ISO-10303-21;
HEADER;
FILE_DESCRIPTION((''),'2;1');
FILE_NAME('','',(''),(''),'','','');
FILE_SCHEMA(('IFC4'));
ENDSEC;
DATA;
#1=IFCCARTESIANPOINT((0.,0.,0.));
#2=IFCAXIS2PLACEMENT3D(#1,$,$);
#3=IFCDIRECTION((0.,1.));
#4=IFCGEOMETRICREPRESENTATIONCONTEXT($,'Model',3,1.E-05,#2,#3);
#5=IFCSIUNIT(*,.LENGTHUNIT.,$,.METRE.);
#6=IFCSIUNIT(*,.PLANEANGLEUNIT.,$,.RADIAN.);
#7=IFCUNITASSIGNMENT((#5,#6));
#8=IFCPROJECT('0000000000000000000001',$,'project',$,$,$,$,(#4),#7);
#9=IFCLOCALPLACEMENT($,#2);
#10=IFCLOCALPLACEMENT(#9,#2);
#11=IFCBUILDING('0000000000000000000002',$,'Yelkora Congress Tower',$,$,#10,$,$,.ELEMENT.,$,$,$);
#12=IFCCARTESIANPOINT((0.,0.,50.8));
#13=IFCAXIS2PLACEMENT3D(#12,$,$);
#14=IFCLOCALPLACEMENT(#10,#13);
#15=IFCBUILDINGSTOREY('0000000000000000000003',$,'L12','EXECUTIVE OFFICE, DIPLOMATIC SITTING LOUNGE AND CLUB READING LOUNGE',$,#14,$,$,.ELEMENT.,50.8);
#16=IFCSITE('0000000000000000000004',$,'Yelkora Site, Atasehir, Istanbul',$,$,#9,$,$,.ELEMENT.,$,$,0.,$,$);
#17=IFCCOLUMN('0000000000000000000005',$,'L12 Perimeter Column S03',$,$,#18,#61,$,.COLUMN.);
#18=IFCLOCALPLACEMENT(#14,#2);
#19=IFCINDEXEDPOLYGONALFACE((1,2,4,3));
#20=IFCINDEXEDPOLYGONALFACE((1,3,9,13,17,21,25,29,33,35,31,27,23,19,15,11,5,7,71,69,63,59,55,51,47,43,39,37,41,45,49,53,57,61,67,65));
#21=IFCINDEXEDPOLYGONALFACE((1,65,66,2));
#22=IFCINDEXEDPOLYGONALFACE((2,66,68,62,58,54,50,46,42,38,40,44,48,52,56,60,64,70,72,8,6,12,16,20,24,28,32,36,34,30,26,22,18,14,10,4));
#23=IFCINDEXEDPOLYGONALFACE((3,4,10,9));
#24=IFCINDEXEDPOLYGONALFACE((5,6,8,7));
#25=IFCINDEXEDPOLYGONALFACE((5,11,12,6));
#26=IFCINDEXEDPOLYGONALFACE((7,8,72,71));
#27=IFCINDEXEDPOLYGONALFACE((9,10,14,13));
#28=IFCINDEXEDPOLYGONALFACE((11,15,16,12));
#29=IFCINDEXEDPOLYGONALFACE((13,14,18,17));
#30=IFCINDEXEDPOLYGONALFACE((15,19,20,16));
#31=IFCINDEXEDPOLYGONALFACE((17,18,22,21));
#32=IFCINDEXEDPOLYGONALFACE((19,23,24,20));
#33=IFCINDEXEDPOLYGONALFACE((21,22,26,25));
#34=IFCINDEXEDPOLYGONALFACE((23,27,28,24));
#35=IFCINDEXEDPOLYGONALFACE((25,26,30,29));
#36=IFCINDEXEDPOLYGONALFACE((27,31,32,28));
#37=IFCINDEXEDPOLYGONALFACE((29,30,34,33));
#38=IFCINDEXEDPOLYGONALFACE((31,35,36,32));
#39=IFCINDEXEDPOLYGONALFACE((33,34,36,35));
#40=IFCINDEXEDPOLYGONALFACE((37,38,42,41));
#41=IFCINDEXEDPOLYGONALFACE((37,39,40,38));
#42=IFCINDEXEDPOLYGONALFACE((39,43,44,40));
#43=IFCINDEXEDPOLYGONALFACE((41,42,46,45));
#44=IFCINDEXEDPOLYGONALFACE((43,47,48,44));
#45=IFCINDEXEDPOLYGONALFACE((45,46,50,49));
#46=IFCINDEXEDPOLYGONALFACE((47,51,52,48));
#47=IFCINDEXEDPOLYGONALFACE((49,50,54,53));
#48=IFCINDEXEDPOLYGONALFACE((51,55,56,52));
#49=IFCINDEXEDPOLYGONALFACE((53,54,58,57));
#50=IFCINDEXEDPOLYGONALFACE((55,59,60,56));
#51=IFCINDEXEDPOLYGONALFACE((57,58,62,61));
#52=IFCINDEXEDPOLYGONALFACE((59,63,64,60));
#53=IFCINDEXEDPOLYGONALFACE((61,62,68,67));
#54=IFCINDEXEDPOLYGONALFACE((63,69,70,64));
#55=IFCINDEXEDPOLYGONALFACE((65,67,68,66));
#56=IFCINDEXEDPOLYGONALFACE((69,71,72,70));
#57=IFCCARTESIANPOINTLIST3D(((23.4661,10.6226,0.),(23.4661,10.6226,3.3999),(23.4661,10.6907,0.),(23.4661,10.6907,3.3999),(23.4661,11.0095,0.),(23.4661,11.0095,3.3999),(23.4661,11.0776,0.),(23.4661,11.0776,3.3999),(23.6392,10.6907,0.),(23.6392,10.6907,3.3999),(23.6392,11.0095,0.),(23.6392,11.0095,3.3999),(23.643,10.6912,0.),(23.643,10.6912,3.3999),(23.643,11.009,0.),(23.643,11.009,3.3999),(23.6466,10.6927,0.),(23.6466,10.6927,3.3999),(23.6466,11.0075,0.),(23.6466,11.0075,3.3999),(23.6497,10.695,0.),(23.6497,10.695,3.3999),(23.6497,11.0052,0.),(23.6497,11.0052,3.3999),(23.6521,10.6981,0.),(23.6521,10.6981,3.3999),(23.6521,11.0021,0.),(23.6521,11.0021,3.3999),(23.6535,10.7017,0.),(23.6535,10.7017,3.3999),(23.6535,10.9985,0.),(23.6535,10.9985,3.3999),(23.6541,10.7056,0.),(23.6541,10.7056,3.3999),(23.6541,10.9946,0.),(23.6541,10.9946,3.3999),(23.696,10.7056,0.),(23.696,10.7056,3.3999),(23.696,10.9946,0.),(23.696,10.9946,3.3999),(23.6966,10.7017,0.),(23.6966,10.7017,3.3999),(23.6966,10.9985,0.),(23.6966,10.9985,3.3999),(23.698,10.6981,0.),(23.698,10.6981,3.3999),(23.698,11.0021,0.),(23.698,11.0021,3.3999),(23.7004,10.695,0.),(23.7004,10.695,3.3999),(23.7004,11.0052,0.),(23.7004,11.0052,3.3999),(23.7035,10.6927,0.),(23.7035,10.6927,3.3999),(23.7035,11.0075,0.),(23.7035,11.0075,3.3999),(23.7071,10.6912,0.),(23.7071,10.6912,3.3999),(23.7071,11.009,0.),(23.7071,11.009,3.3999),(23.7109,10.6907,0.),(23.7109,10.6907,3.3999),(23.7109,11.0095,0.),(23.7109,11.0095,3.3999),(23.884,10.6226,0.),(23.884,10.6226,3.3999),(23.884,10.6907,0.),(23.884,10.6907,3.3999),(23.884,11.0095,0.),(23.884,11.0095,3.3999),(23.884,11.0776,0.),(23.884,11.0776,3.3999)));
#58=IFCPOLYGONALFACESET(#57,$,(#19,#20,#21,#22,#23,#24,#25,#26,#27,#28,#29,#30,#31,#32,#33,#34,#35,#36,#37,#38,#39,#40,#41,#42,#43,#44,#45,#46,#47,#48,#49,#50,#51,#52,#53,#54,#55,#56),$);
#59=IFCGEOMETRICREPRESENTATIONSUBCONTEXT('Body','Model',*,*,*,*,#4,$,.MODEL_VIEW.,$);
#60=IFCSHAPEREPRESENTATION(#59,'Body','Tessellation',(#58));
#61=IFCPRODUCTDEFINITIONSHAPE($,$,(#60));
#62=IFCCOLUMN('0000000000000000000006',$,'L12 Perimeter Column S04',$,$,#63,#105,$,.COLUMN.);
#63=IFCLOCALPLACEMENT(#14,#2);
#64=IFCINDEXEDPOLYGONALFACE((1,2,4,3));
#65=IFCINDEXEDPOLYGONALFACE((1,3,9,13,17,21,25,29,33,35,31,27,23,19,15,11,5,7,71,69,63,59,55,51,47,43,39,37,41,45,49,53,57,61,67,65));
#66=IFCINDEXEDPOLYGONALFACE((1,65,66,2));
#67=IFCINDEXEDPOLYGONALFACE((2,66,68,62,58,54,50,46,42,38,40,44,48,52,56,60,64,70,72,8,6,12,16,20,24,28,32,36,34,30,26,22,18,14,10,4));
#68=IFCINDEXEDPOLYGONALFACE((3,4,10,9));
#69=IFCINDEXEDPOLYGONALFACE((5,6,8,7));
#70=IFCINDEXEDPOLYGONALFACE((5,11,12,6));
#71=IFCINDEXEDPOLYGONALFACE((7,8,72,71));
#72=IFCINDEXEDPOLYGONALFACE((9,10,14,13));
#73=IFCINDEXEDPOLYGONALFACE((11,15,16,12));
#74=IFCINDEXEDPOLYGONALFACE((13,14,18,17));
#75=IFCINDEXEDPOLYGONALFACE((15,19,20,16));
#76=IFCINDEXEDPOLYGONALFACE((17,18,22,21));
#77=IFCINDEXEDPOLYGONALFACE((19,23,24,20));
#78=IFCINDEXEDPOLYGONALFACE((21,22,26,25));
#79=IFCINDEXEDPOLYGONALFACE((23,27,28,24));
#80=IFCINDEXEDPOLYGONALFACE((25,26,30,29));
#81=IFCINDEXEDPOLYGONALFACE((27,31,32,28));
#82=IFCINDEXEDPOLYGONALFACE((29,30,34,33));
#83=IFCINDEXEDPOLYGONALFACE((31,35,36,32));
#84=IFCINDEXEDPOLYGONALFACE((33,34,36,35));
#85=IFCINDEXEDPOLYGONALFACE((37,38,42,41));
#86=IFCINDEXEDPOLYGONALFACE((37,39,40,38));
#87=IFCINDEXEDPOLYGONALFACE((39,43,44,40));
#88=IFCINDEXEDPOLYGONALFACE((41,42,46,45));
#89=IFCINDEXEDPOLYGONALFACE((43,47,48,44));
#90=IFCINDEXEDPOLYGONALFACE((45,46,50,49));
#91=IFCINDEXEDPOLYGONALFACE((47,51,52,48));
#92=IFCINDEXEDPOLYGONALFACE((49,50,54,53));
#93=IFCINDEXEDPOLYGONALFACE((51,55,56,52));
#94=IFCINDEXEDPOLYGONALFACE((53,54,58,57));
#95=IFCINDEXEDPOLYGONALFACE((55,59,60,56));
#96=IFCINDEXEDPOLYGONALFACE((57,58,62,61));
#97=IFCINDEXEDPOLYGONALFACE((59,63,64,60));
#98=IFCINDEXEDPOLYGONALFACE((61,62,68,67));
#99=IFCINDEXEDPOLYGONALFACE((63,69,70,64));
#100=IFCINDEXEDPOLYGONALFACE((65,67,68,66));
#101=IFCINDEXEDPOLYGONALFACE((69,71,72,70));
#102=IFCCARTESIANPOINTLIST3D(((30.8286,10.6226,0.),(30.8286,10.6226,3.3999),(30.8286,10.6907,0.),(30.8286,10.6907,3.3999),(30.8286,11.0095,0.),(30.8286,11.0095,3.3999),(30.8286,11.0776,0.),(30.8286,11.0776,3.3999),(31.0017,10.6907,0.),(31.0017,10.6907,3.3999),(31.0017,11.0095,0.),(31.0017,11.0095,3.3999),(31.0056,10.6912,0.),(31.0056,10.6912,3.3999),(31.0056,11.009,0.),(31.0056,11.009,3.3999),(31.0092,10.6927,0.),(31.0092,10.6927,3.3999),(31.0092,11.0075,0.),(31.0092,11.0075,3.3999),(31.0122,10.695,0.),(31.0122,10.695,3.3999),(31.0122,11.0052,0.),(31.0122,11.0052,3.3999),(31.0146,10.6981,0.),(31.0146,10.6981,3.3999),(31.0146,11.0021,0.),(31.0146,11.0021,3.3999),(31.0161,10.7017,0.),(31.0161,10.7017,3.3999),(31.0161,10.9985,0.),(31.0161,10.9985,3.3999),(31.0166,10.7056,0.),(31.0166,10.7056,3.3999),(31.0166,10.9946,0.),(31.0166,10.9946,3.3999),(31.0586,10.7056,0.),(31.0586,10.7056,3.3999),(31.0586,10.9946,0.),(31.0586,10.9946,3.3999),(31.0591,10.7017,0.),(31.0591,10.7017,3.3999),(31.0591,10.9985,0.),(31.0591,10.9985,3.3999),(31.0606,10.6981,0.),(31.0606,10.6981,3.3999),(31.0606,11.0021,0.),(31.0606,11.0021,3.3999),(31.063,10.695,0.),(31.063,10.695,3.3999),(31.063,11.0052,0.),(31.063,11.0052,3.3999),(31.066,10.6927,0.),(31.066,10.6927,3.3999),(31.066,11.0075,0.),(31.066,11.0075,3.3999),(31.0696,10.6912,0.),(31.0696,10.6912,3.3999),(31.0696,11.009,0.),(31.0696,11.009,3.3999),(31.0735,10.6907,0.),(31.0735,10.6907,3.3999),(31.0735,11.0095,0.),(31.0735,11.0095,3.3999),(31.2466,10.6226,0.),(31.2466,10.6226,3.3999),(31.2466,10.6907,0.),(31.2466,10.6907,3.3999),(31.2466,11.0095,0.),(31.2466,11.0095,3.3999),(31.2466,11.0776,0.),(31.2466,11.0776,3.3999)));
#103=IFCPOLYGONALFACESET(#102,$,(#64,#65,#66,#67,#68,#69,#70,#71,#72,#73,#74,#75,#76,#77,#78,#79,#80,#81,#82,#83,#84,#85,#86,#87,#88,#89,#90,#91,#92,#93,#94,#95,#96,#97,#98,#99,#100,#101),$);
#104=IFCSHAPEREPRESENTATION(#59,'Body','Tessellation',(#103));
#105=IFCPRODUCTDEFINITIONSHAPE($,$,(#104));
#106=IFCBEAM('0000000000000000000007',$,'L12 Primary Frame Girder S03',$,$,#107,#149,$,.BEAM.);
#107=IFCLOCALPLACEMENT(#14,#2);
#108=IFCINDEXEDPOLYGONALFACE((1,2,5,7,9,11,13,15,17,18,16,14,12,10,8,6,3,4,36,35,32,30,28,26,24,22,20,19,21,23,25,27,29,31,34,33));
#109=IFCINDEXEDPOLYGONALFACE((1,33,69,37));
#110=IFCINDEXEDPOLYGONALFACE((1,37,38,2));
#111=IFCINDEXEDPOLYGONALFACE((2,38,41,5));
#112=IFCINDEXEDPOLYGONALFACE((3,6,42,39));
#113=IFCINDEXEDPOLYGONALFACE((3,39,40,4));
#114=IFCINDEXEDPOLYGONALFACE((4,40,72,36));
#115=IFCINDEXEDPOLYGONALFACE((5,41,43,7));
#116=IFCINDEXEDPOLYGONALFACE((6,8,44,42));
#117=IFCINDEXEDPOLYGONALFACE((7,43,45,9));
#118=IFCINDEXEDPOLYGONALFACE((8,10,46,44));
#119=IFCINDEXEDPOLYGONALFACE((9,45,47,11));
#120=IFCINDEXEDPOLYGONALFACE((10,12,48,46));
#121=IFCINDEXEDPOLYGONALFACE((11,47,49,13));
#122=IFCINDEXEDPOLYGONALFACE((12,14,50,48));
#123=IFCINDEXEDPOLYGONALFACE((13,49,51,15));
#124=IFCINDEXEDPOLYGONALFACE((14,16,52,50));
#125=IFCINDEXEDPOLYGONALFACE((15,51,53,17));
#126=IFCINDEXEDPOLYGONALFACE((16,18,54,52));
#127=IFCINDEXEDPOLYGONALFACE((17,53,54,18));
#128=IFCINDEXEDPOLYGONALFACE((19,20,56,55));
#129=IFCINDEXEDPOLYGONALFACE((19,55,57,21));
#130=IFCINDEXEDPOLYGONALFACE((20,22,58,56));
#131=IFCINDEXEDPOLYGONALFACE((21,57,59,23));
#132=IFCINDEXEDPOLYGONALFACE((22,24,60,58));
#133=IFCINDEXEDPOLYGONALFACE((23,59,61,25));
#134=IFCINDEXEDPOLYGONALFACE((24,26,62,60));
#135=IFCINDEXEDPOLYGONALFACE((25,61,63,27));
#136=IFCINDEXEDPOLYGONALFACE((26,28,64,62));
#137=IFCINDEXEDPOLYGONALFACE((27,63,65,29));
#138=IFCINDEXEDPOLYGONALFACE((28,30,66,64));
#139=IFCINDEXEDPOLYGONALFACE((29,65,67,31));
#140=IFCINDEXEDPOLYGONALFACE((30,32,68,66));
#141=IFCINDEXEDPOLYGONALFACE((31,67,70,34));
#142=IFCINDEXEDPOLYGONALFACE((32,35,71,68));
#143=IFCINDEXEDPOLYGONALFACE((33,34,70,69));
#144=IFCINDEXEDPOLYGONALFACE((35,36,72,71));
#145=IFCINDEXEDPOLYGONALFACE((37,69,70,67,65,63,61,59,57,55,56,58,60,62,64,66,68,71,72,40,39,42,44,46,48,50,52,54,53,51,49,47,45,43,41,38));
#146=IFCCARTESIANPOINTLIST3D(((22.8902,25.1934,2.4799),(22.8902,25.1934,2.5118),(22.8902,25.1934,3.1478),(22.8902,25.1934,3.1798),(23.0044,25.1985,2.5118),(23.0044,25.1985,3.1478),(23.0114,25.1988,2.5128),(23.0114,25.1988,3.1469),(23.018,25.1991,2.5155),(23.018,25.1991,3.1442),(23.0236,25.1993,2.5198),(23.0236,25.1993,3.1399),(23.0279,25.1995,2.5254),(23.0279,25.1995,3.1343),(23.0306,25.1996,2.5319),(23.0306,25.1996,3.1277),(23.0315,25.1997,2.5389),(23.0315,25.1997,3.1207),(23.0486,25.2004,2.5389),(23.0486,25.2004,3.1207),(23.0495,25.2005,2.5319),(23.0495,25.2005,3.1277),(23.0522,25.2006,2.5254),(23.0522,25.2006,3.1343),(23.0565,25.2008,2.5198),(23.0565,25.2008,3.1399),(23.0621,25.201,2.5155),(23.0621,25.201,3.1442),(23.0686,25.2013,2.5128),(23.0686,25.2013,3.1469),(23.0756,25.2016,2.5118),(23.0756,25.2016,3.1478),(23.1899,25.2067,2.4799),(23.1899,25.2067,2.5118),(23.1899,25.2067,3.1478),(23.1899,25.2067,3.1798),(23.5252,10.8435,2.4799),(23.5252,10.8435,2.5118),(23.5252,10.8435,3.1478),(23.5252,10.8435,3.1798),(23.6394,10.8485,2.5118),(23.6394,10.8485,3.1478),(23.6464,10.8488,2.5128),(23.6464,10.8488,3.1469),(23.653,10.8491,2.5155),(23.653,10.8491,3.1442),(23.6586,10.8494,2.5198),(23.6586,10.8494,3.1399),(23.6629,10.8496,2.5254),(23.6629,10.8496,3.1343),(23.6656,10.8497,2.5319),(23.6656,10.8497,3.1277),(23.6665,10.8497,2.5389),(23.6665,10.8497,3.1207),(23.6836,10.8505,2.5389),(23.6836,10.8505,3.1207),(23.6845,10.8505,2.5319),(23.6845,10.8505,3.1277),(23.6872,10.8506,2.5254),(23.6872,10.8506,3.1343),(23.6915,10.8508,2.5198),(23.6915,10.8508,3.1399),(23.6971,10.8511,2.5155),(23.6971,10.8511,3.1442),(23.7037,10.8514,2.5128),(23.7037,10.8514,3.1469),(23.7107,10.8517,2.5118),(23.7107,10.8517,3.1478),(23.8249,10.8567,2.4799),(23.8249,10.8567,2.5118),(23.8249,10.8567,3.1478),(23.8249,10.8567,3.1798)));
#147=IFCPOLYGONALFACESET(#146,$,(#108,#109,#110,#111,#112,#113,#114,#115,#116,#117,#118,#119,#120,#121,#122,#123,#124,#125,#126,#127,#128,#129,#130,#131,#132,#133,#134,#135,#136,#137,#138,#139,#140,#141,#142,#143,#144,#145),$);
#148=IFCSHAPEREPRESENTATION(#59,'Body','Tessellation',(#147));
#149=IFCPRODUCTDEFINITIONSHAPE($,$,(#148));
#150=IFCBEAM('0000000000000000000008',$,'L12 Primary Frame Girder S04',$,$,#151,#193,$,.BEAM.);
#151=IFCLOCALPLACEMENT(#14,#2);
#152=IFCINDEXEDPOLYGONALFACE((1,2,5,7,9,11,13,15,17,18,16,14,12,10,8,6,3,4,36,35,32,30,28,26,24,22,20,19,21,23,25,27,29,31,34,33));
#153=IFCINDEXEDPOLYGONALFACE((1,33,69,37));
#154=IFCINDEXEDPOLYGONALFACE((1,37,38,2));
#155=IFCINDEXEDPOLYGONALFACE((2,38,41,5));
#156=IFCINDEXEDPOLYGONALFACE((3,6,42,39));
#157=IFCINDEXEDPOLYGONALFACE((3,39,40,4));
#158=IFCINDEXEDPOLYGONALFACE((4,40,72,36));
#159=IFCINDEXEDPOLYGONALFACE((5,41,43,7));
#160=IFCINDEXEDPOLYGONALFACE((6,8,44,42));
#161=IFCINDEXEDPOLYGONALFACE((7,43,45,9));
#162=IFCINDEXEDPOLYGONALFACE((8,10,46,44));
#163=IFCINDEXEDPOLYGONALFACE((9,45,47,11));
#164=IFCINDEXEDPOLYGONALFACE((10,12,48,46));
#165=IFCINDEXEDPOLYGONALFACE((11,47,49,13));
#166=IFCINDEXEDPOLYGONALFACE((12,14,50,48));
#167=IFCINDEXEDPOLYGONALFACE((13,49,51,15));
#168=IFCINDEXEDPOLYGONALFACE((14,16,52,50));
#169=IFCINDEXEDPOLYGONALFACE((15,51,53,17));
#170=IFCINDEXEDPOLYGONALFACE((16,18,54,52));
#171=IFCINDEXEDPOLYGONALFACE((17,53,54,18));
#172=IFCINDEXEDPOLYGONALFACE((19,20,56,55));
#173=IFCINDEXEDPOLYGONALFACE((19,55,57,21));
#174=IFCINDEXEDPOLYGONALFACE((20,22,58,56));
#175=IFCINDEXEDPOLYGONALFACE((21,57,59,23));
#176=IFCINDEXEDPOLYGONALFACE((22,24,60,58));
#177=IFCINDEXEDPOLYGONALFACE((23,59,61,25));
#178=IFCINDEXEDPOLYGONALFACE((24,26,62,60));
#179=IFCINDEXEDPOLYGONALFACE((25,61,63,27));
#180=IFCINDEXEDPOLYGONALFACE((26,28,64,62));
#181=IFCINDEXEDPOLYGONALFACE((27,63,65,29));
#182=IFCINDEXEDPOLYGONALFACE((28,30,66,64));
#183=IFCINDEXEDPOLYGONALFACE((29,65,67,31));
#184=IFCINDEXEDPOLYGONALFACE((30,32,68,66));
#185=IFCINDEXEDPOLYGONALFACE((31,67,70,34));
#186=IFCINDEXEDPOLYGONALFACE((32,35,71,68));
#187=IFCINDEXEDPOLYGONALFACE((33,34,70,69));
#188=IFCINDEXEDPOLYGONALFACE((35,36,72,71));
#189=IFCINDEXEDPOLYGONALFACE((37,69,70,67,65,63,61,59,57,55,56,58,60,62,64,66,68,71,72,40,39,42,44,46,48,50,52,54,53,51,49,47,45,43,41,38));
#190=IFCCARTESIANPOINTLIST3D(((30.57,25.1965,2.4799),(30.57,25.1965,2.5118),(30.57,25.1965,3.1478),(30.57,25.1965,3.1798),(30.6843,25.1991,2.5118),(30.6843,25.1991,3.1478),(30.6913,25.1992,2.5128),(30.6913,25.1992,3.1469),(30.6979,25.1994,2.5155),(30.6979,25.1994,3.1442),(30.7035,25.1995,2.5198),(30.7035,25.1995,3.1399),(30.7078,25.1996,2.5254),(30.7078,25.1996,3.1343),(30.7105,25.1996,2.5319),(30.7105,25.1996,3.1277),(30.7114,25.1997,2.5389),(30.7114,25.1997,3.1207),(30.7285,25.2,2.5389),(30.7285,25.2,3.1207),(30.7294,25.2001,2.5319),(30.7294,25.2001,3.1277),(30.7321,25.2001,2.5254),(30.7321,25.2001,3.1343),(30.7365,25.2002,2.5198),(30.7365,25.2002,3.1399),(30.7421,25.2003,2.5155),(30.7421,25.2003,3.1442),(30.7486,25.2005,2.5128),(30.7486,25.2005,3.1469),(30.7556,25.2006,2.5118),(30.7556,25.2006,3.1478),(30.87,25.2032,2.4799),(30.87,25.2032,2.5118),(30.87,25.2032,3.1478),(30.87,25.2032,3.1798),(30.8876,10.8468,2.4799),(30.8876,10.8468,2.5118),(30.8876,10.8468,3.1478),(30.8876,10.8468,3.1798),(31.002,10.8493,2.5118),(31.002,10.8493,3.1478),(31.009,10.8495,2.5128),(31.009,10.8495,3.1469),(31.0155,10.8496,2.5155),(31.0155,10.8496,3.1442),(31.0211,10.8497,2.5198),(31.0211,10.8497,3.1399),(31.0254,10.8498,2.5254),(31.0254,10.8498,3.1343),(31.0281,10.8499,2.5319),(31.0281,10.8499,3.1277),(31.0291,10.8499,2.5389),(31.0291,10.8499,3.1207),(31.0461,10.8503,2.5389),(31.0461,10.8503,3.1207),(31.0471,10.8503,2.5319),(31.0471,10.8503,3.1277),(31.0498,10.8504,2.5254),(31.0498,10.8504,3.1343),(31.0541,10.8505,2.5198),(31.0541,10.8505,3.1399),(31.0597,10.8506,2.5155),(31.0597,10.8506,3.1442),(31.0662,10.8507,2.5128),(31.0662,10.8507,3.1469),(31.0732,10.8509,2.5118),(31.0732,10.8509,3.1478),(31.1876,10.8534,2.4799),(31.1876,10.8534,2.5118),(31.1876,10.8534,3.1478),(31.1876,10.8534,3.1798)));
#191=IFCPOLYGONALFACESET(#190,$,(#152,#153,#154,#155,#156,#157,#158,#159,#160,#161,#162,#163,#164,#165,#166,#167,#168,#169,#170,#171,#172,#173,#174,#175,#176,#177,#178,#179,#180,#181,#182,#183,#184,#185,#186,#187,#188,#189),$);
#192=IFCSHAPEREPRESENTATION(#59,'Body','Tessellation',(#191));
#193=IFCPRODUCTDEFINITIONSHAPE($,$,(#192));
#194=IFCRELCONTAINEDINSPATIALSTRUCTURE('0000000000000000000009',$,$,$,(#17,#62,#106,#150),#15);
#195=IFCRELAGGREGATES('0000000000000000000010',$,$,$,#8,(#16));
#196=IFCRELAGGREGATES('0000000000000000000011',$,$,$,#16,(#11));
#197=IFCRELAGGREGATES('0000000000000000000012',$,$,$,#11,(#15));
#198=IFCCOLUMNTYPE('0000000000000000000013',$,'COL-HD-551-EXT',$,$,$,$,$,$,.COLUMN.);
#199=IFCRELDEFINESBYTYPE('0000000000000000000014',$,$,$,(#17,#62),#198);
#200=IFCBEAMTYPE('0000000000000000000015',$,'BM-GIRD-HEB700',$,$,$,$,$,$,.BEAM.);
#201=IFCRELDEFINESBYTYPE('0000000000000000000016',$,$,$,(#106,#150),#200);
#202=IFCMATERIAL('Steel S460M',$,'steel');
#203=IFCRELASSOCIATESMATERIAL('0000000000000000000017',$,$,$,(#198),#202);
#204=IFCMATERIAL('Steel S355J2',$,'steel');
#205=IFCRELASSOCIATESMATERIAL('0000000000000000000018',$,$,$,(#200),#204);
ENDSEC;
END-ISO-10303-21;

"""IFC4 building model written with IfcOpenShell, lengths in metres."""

from ifc_helpers import new_model, si_unit, direction, frame, origin, origin_2d, place, context, subcontext, project, spatial, i_section, extrude, material, material_profile, profile_set, type_object, element, save


model = new_model("IFC4")

# Units and contexts
model_context = context("Model", 3, precision=1e-05, world=origin(), true_north=direction((0.0, 1.0)))
body_context = subcontext(model_context, "Body", "Model", "MODEL_VIEW")
ifc_project = project(units=[si_unit("LENGTHUNIT", "METRE"), si_unit("PLANEANGLEUNIT", "RADIAN")], contexts=[model_context])

# Site, building, storey
site_placement = place(None, origin())
site = spatial("IfcSite", under=ifc_project, at=site_placement, Name="Yelkora Site, Atasehir, Istanbul", CompositionType="ELEMENT", RefElevation=0.0)
building_placement = place(site_placement, origin())
building = spatial("IfcBuilding", under=site, at=building_placement, Name="Yelkora Congress Tower", CompositionType="ELEMENT")
storey_placement = place(building_placement, frame((0.0, 0.0, 50.8)))
storey = spatial("IfcBuildingStorey", under=building, at=storey_placement, Name="L12", Description="EXECUTIVE OFFICE, DIPLOMATIC SITTING LOUNGE AND CLUB READING LOUNGE", CompositionType="ELEMENT", Elevation=50.8)

# Columns
ifc_material_1 = material(Name="Steel S460M", Category="steel")
ifc_material_profile_1 = material_profile(ifc_material_1, i_section(OverallWidth=0.418, OverallDepth=0.4551, WebThickness=0.042, FlangeThickness=0.0681, FilletRadius=0.0149, at=origin_2d()), Name="HD 400x551")
ifc_profile_set_1 = profile_set([ifc_material_profile_1], Name="Steel S460M")
column_type = type_object("IfcColumnType", Name="COL-HD-551-EXT", PredefinedType="COLUMN", material=ifc_profile_set_1)
for number, where, z_axis, x_axis, name in (
    (1, (23.675, 10.8501, 0.0), (0.0, 0.0, 1.0), (1.0, 0.0, 0.0), "L12 Perimeter Column S03"),
    (2, (31.0376, 10.8501, 0.0), (0.0, 0.0, 1.0), (1.0, 0.0, 0.0), "L12 Perimeter Column S04"),
):
    element("IfcColumn", number, at=place(storey_placement, frame(where, z_axis=z_axis, x_axis=x_axis)), inside=storey, type_object=column_type, Name=name, PredefinedType="COLUMN", context=body_context, shape_type="SweptSolid", body=[
        extrude(i_section(OverallWidth=0.418, OverallDepth=0.4551, WebThickness=0.042, FlangeThickness=0.0681, FilletRadius=0.0149, at=origin_2d()), origin(), (0.0, 0.0, 1.0), 3.3999),
    ])

# Beams
ifc_material_2 = material(Name="Steel S355J2", Category="steel")
ifc_material_profile_2 = material_profile(ifc_material_2, i_section(OverallWidth=0.3, OverallDepth=0.7, WebThickness=0.0171, FlangeThickness=0.032, FilletRadius=0.0271, at=origin_2d()), Name="HEB 700")
ifc_profile_set_2 = profile_set([ifc_material_profile_2], Name="Steel S355J2")
beam_type_1 = type_object("IfcBeamType", Name="BM-GIRD-HEB700", PredefinedType="BEAM", material=ifc_profile_set_2)
beam_1_placement = place(storey_placement, frame((23.675, 10.8501, 2.8298), z_axis=(-0.044209, 0.999022, 0.0), x_axis=(-0.999022, -0.044209, 0.0)))
element("IfcBeam", 3, at=beam_1_placement, inside=storey, type_object=beam_type_1, Name="L12 Primary Frame Girder S03", PredefinedType="BEAM", context=body_context, shape_type="SweptSolid", body=[
    extrude(i_section(OverallWidth=0.3, OverallDepth=0.7, WebThickness=0.0171, FlangeThickness=0.032, FilletRadius=0.0271, at=origin_2d()), origin(), (0.0, 0.0, 1.0), 14.364),
])
beam_2_placement = place(storey_placement, frame((31.0376, 10.8501, 2.8298), z_axis=(-0.022129, 0.999755, 0.0), x_axis=(-0.999755, -0.022129, 0.0)))
element("IfcBeam", 4, at=beam_2_placement, inside=storey, type_object=beam_type_1, Name="L12 Primary Frame Girder S04", PredefinedType="BEAM", context=body_context, shape_type="SweptSolid", body=[
    extrude(i_section(OverallWidth=0.3, OverallDepth=0.7, WebThickness=0.0171, FlangeThickness=0.032, FilletRadius=0.0271, at=origin_2d()), origin(), (0.0, 0.0, 1.0), 14.3533),
])

save(model, "model.ifc")
